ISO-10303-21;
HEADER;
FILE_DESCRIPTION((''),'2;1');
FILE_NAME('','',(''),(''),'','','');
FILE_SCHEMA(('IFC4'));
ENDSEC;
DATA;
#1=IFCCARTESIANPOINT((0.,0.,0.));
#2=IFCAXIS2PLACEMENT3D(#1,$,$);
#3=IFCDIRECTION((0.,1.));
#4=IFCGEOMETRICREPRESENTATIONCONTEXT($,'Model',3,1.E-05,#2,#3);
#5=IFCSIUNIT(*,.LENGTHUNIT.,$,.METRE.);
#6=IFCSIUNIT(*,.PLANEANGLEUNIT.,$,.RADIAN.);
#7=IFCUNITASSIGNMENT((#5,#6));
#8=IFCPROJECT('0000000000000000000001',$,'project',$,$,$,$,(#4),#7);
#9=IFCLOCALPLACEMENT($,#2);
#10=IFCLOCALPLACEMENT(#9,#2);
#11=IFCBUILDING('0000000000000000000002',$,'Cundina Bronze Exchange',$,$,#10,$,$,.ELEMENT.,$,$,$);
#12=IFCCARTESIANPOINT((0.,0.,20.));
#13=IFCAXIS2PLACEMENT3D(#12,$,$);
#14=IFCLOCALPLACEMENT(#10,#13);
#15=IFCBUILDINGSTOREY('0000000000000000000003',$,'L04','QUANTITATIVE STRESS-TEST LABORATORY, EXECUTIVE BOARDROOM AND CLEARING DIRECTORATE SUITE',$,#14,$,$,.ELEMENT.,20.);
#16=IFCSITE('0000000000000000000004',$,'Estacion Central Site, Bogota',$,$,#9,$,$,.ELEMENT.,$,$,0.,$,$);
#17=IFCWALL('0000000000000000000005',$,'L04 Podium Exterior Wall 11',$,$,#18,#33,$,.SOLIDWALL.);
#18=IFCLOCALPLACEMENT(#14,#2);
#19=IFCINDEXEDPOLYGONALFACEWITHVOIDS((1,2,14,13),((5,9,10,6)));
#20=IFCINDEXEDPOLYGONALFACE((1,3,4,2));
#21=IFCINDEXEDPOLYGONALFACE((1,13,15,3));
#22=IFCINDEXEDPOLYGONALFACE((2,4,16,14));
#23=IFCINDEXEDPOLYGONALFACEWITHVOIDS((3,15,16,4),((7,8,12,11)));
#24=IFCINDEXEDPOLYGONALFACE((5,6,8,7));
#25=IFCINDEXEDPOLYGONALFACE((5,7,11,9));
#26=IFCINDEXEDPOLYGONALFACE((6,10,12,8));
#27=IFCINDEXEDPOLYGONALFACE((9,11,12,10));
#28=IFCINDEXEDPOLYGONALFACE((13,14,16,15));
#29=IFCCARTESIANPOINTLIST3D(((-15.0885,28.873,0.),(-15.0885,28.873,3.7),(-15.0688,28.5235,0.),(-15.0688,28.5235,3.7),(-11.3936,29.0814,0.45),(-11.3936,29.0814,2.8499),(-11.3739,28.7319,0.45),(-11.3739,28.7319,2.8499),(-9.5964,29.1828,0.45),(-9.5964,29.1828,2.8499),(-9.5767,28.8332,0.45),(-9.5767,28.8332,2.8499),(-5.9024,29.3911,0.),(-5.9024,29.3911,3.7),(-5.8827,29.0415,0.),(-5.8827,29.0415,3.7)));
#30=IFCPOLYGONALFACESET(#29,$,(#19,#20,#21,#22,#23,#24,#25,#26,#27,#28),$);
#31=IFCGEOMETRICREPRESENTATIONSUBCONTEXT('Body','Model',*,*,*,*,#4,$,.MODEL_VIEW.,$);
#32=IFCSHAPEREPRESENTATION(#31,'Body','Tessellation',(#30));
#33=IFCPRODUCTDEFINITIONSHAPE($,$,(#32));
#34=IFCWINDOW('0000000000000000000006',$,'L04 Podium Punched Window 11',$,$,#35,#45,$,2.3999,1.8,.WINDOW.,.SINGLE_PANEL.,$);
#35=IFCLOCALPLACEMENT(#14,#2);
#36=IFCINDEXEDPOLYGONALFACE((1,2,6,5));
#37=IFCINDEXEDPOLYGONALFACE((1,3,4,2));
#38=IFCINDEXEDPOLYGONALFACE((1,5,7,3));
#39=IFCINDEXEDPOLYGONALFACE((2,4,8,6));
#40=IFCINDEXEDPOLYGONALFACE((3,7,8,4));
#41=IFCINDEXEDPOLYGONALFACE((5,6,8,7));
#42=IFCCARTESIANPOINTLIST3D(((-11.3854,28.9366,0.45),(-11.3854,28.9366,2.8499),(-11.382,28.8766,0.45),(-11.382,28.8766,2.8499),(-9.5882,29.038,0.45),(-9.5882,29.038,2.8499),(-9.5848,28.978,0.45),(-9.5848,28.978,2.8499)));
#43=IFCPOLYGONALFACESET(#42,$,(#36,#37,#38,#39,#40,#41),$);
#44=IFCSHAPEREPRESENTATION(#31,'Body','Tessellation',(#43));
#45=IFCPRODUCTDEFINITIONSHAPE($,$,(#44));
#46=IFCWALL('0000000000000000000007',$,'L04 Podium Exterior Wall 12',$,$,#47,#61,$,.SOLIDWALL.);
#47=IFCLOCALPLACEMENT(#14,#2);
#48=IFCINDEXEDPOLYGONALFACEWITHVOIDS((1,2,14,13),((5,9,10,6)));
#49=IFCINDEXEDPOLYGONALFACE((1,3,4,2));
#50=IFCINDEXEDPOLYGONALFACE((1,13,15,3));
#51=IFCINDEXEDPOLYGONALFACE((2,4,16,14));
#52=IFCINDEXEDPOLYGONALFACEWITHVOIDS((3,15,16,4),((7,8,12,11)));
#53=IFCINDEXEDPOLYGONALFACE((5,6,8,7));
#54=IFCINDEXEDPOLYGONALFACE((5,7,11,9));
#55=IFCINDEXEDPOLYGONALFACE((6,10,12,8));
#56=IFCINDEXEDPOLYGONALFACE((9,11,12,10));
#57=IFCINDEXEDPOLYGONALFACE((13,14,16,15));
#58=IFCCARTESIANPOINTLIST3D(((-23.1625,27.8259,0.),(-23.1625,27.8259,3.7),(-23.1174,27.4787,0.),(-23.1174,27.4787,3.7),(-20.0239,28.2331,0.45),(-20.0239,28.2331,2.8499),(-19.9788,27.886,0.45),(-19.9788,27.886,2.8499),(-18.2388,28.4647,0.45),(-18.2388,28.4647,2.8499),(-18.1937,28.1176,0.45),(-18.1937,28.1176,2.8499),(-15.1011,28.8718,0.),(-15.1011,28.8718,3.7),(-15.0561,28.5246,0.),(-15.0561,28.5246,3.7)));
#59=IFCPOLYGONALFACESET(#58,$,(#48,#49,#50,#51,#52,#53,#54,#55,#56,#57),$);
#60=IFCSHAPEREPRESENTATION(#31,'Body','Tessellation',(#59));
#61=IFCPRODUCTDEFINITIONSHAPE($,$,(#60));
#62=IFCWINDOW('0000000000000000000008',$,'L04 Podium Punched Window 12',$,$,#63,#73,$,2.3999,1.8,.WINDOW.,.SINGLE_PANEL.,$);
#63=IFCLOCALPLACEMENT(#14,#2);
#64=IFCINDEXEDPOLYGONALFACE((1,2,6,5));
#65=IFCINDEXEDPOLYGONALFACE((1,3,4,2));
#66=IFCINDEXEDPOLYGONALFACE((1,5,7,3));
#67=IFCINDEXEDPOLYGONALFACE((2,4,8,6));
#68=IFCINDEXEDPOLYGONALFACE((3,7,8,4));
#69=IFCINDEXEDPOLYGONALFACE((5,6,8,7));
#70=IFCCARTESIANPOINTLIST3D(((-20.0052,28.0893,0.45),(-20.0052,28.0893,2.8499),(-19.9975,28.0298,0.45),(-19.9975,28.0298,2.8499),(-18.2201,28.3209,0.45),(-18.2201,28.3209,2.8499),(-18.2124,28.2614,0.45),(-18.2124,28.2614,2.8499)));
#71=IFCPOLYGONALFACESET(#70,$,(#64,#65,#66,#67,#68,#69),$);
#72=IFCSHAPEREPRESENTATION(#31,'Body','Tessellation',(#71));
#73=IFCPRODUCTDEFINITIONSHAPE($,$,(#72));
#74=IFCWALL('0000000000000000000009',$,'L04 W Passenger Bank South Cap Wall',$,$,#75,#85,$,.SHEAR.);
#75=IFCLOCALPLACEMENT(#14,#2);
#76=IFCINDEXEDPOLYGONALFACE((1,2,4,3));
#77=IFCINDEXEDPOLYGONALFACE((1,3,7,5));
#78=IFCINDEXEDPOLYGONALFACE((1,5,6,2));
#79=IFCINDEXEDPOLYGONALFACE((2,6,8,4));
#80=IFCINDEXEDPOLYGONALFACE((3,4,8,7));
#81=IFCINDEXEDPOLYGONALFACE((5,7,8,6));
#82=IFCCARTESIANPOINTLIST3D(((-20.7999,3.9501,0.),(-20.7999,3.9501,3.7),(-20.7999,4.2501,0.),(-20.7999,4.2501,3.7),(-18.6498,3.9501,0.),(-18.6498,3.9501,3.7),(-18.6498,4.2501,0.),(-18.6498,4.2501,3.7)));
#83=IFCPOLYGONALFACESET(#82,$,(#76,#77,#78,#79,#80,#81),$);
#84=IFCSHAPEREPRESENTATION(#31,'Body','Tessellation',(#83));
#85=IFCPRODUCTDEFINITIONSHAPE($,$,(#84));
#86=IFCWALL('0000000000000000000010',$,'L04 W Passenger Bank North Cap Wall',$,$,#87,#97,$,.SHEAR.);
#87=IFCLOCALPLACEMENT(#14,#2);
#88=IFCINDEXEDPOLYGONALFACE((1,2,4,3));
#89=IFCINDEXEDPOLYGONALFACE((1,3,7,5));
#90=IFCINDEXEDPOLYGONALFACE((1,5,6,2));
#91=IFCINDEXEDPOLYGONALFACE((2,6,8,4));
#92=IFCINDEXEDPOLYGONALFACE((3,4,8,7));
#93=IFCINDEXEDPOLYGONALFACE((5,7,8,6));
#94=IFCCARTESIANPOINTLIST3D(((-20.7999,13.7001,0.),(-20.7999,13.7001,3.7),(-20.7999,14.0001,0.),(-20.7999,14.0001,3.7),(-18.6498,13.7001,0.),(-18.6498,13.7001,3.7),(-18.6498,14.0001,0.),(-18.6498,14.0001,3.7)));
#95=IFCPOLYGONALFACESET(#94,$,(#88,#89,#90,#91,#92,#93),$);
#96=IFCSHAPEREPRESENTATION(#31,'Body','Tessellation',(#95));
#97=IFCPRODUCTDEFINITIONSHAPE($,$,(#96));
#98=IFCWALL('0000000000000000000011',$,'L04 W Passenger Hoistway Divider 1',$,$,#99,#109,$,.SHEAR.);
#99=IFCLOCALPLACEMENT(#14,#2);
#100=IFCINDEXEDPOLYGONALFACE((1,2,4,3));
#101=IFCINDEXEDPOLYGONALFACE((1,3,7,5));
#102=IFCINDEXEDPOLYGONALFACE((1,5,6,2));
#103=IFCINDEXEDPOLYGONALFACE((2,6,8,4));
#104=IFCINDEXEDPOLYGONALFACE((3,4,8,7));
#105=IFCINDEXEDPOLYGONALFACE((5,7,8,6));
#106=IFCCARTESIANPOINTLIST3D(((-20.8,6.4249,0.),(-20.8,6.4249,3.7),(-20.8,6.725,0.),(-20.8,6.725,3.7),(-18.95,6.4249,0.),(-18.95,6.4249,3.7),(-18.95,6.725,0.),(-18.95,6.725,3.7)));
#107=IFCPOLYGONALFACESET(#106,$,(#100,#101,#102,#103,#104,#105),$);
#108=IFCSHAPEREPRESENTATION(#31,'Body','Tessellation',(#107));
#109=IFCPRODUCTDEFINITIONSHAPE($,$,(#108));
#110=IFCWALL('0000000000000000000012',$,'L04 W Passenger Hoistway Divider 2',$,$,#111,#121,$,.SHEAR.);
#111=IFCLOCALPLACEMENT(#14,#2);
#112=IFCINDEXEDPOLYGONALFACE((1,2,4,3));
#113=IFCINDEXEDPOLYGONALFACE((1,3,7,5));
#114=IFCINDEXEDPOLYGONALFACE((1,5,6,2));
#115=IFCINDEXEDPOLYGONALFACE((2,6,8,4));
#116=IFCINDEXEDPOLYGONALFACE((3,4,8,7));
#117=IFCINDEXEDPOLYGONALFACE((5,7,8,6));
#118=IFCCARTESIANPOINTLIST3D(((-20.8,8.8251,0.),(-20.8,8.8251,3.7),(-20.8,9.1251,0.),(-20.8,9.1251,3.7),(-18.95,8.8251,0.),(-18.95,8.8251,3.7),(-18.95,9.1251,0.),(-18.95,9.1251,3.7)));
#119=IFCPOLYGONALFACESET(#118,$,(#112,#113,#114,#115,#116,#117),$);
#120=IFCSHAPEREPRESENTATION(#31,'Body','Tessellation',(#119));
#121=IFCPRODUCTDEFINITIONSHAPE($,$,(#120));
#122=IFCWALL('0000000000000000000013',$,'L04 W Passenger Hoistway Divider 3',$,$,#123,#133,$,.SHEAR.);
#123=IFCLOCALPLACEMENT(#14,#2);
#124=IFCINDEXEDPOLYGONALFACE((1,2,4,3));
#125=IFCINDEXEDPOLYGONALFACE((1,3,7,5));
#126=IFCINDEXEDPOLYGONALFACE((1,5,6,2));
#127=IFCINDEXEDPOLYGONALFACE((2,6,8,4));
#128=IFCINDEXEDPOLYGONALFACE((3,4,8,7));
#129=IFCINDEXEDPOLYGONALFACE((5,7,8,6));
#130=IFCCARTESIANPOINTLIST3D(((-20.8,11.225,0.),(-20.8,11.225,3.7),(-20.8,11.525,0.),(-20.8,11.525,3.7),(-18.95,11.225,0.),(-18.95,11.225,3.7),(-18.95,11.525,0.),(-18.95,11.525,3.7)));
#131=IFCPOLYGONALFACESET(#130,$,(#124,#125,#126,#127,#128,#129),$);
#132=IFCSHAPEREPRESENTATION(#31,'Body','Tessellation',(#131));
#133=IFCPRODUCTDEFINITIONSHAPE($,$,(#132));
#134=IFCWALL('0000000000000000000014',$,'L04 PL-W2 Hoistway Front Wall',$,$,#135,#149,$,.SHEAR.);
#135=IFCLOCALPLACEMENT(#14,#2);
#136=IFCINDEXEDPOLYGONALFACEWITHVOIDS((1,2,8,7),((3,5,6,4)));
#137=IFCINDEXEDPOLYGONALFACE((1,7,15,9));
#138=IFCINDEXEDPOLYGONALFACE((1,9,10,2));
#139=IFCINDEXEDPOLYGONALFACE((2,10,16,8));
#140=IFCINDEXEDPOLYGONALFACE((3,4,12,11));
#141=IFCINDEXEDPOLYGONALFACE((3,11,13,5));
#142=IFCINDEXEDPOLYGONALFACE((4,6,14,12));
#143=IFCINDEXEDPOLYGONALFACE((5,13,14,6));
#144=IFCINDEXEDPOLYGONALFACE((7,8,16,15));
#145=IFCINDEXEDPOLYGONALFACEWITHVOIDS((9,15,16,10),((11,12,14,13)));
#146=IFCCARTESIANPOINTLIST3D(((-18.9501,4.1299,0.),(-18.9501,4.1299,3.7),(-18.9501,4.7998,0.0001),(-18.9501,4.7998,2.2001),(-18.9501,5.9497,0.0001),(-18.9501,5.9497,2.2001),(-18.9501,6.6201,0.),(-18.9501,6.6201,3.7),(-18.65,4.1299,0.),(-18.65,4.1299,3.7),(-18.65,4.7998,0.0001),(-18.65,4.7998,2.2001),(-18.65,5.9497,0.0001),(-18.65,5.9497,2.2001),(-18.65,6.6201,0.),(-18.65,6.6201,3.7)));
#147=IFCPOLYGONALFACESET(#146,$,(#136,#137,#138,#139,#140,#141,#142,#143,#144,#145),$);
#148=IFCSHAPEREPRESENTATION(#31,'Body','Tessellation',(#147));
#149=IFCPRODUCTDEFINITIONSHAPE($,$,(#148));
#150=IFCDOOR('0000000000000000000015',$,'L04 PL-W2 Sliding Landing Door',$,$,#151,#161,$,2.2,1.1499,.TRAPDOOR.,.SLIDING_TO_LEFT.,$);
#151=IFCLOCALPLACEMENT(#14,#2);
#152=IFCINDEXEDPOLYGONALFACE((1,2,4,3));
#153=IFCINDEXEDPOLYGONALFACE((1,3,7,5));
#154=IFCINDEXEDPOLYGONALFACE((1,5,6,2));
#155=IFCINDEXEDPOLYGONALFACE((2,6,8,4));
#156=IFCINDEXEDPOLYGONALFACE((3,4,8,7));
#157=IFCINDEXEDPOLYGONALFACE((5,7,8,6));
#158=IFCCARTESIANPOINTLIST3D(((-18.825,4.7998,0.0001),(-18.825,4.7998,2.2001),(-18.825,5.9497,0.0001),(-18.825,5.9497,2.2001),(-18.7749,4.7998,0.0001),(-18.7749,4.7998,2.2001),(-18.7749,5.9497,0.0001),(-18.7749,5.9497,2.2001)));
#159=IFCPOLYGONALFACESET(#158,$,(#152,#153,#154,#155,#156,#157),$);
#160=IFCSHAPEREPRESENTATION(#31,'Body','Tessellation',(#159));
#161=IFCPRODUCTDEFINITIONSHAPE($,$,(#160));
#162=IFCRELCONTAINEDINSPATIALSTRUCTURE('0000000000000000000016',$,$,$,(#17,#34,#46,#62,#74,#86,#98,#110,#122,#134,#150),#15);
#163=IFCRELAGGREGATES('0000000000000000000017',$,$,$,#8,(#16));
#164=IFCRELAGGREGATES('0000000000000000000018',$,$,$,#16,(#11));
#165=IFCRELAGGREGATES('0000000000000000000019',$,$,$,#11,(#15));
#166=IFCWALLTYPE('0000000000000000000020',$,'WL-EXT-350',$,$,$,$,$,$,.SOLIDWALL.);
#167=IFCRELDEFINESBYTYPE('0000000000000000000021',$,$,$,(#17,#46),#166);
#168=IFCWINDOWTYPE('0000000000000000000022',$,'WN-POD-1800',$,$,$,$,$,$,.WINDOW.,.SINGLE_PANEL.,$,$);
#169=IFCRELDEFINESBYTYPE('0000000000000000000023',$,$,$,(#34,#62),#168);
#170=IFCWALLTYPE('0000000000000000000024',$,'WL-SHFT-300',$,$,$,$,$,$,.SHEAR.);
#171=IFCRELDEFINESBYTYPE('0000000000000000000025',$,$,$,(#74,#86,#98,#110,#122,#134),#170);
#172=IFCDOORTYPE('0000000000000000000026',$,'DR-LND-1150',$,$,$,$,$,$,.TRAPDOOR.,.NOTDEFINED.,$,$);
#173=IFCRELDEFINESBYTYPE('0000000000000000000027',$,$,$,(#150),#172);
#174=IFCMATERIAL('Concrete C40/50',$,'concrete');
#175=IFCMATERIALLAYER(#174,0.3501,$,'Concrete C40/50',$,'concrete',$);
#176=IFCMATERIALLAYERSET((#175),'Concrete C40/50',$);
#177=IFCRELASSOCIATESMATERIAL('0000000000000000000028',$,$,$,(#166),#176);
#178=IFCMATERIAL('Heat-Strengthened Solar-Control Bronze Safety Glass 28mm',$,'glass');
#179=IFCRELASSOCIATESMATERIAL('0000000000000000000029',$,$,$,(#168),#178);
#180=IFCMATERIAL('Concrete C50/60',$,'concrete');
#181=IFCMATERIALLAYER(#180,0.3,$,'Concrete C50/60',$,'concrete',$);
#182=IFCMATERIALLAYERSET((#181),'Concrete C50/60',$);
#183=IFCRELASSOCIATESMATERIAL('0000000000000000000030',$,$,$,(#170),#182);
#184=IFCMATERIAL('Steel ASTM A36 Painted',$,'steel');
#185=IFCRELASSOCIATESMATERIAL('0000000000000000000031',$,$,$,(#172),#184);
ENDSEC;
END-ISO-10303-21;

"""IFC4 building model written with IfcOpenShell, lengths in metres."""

from ifc_helpers import new_model, si_unit, direction, frame, frame_2d, origin, place, context, subcontext, project, spatial, rectangle, extrude, material, layer, layer_set, type_object, element, fill, save


model = new_model("IFC4")

# Units and contexts
model_context = context("Model", 3, precision=1e-05, world=origin(), true_north=direction((0.0, 1.0)))
body_context = subcontext(model_context, "Body", "Model", "MODEL_VIEW")
ifc_project = project(units=[si_unit("LENGTHUNIT", "METRE"), si_unit("PLANEANGLEUNIT", "RADIAN")], contexts=[model_context])

# Site, building, storey
site_placement = place(None, origin())
site = spatial("IfcSite", under=ifc_project, at=site_placement, Name="Estacion Central Site, Bogota", CompositionType="ELEMENT", RefElevation=0.0)
building_placement = place(site_placement, origin())
building = spatial("IfcBuilding", under=site, at=building_placement, Name="Cundina Bronze Exchange", CompositionType="ELEMENT")
storey_placement = place(building_placement, frame((0.0, 0.0, 20.0)))
storey = spatial("IfcBuildingStorey", under=building, at=storey_placement, Name="L04", Description="QUANTITATIVE STRESS-TEST LABORATORY, EXECUTIVE BOARDROOM AND CLEARING DIRECTORATE SUITE", CompositionType="ELEMENT", Elevation=20.0)

# Shared definitions
ifc_material_1 = material(Name="Concrete C50/60", Category="concrete")

# Walls, openings, windows
ifc_material_2 = material(Name="Concrete C40/50", Category="concrete")
ifc_layer_1 = layer(ifc_material_2, 0.3501, Name="Concrete C40/50", Category="concrete")
ifc_layer_set_1 = layer_set([ifc_layer_1], Name="Concrete C40/50")
wall_type_1 = type_object("IfcWallType", Name="WL-EXT-350", PredefinedType="SOLIDWALL", material=ifc_layer_set_1)
wall_1_placement = place(storey_placement, frame((-5.8926, 29.2163, 0.0), z_axis=(0.0, 0.0, 1.0), x_axis=(-0.998413, -0.056308, 0.0)))
wall_1 = element("IfcWall", 1, at=wall_1_placement, inside=storey, type_object=wall_type_1, Name="L04 Podium Exterior Wall 11", PredefinedType="SOLIDWALL", context=body_context, shape_type="SweptSolid", body=[
    extrude(rectangle(XDim=9.2007, YDim=0.3501, at=frame_2d((4.6003, 0.0))), origin(), (0.0, 0.0, 1.0), 3.7),
])
opening_1_placement = place(wall_1_placement, frame((3.7, 0.0, 0.45)))
opening_1 = element("IfcOpeningElement", 2, at=opening_1_placement, cuts=wall_1, PredefinedType="OPENING", context=body_context, shape_type="SweptSolid", body=[
    extrude(rectangle(XDim=1.8, YDim=2.3999, at=frame_2d((0.8999, 1.2))), frame((0.0, 0.1851, 0.0), z_axis=(0.0, -1.0, 0.0), x_axis=(1.0, 0.0, 0.0)), (0.0, 0.0, 1.0), 0.3701),
])
ifc_material_3 = material(Name="Heat-Strengthened Solar-Control Bronze Safety Glass 28mm", Category="glass")
window_type_1 = type_object("IfcWindowType", Name="WN-POD-1800", PartitioningType="SINGLE_PANEL", PredefinedType="WINDOW", material=ifc_material_3)
window_1_placement = place(opening_1_placement, origin())
window_1 = element("IfcWindow", 3, at=window_1_placement, inside=storey, type_object=window_type_1, Name="L04 Podium Punched Window 11", OverallHeight=2.3999, OverallWidth=1.8, PartitioningType="SINGLE_PANEL", PredefinedType="WINDOW", context=body_context, shape_type="SweptSolid", body=[
    extrude(rectangle(XDim=1.8, YDim=2.3999, at=frame_2d((0.8999, 1.2))), frame((0.0, 0.03, 0.0), z_axis=(0.0, -1.0, 0.0), x_axis=(1.0, 0.0, 0.0)), (0.0, 0.0, 1.0), 0.0601),
])
fill(opening_1, window_1)
wall_2_placement = place(storey_placement, frame((-15.0786, 28.6982, 0.0), z_axis=(0.0, 0.0, 1.0), x_axis=(-0.991688, -0.128665, 0.0)))
wall_2 = element("IfcWall", 4, at=wall_2_placement, inside=storey, type_object=wall_type_1, Name="L04 Podium Exterior Wall 12", PredefinedType="SOLIDWALL", context=body_context, shape_type="SweptSolid", body=[
    extrude(rectangle(XDim=8.1289, YDim=0.3501, at=frame_2d((4.0645, 0.0))), origin(), (0.0, 0.0, 1.0), 3.7),
])
opening_2_placement = place(wall_2_placement, frame((3.1641, 0.0, 0.45)))
opening_2 = element("IfcOpeningElement", 5, at=opening_2_placement, cuts=wall_2, PredefinedType="OPENING", context=body_context, shape_type="SweptSolid", body=[
    extrude(rectangle(XDim=1.8, YDim=2.3999, at=frame_2d((0.8999, 1.2))), frame((0.0, 0.1851, 0.0), z_axis=(0.0, -1.0, 0.0), x_axis=(1.0, 0.0, 0.0)), (0.0, 0.0, 1.0), 0.3701),
])
window_2_placement = place(opening_2_placement, origin())
window_2 = element("IfcWindow", 6, at=window_2_placement, inside=storey, type_object=window_type_1, Name="L04 Podium Punched Window 12", OverallHeight=2.3999, OverallWidth=1.8, PartitioningType="SINGLE_PANEL", PredefinedType="WINDOW", context=body_context, shape_type="SweptSolid", body=[
    extrude(rectangle(XDim=1.8, YDim=2.3999, at=frame_2d((0.8999, 1.2))), frame((0.0, 0.03, 0.0), z_axis=(0.0, -1.0, 0.0), x_axis=(1.0, 0.0, 0.0)), (0.0, 0.0, 1.0), 0.0601),
])
fill(opening_2, window_2)

# Walls
ifc_layer_2 = layer(ifc_material_1, 0.3, Name="Concrete C50/60", Category="concrete")
ifc_layer_set_2 = layer_set([ifc_layer_2], Name="Concrete C50/60")
wall_type_2 = type_object("IfcWallType", Name="WL-SHFT-300", PredefinedType="SHEAR", material=ifc_layer_set_2)
for number, where, z_axis, x_axis, name in (
    (7, (-20.8, 4.1001, 0.0), (0.0, 0.0, 1.0), (1.0, 0.0, 0.0), "L04 W Passenger Bank South Cap Wall"),
    (8, (-20.8, 13.8501, 0.0), (0.0, 0.0, 1.0), (1.0, 0.0, 0.0), "L04 W Passenger Bank North Cap Wall"),
):
    element("IfcWall", number, at=place(storey_placement, frame(where, z_axis=z_axis, x_axis=x_axis)), inside=storey, type_object=wall_type_2, Name=name, PredefinedType="SHEAR", context=body_context, shape_type="SweptSolid", body=[
        extrude(rectangle(XDim=2.1501, YDim=0.3, at=frame_2d((1.0752, 0.0))), origin(), (0.0, 0.0, 1.0), 3.7),
    ])
for number, where, z_axis, x_axis, name in (
    (9, (-20.8, 6.575, 0.0), (0.0, 0.0, 1.0), (1.0, 0.0, 0.0), "L04 W Passenger Hoistway Divider 1"),
    (10, (-20.8, 8.9751, 0.0), (0.0, 0.0, 1.0), (1.0, 0.0, 0.0), "L04 W Passenger Hoistway Divider 2"),
    (11, (-20.8, 11.375, 0.0), (0.0, 0.0, 1.0), (1.0, 0.0, 0.0), "L04 W Passenger Hoistway Divider 3"),
):
    element("IfcWall", number, at=place(storey_placement, frame(where, z_axis=z_axis, x_axis=x_axis)), inside=storey, type_object=wall_type_2, Name=name, PredefinedType="SHEAR", context=body_context, shape_type="SweptSolid", body=[
        extrude(rectangle(XDim=1.8501, YDim=0.3, at=frame_2d((0.925, 0.0))), origin(), (0.0, 0.0, 1.0), 3.7),
    ])

# Wall, opening, door
wall_3_placement = place(storey_placement, frame((-18.8, 4.1299, 0.0), z_axis=(0.0, 0.0, 1.0), x_axis=(0.0, 1.0, 0.0)))
wall_3 = element("IfcWall", 12, at=wall_3_placement, inside=storey, type_object=wall_type_2, Name="L04 PL-W2 Hoistway Front Wall", PredefinedType="SHEAR", context=body_context, shape_type="SweptSolid", body=[
    extrude(rectangle(XDim=2.4902, YDim=0.3, at=frame_2d((1.2451, 0.0))), origin(), (0.0, 0.0, 1.0), 3.7),
])
opening_3_placement = place(wall_3_placement, frame((0.6699, 0.0, 0.0)))
opening_3 = element("IfcOpeningElement", 13, at=opening_3_placement, cuts=wall_3, PredefinedType="OPENING", context=body_context, shape_type="SweptSolid", body=[
    extrude(rectangle(XDim=1.1499, YDim=2.2, at=frame_2d((0.575, 1.1001))), frame((0.0, 0.1599, 0.0), z_axis=(0.0, -1.0, 0.0), x_axis=(1.0, 0.0, 0.0)), (0.0, 0.0, 1.0), 0.3201),
])
ifc_material_4 = material(Name="Steel ASTM A36 Painted", Category="steel")
door_type = type_object("IfcDoorType", Name="DR-LND-1150", OperationType="NOTDEFINED", PredefinedType="TRAPDOOR", material=ifc_material_4)
door_1_placement = place(opening_3_placement, origin())
door_1 = element("IfcDoor", 14, at=door_1_placement, inside=storey, type_object=door_type, Name="L04 PL-W2 Sliding Landing Door", OperationType="SLIDING_TO_LEFT", OverallHeight=2.2, OverallWidth=1.1499, PredefinedType="TRAPDOOR", context=body_context, shape_type="SweptSolid", body=[
    extrude(rectangle(XDim=1.1499, YDim=2.2, at=frame_2d((0.575, 1.1001))), frame((0.0, 0.0249, 0.0), z_axis=(0.0, -1.0, 0.0), x_axis=(1.0, 0.0, 0.0)), (0.0, 0.0, 1.0), 0.05),
])
fill(opening_3, door_1)

save(model, "model.ifc")
